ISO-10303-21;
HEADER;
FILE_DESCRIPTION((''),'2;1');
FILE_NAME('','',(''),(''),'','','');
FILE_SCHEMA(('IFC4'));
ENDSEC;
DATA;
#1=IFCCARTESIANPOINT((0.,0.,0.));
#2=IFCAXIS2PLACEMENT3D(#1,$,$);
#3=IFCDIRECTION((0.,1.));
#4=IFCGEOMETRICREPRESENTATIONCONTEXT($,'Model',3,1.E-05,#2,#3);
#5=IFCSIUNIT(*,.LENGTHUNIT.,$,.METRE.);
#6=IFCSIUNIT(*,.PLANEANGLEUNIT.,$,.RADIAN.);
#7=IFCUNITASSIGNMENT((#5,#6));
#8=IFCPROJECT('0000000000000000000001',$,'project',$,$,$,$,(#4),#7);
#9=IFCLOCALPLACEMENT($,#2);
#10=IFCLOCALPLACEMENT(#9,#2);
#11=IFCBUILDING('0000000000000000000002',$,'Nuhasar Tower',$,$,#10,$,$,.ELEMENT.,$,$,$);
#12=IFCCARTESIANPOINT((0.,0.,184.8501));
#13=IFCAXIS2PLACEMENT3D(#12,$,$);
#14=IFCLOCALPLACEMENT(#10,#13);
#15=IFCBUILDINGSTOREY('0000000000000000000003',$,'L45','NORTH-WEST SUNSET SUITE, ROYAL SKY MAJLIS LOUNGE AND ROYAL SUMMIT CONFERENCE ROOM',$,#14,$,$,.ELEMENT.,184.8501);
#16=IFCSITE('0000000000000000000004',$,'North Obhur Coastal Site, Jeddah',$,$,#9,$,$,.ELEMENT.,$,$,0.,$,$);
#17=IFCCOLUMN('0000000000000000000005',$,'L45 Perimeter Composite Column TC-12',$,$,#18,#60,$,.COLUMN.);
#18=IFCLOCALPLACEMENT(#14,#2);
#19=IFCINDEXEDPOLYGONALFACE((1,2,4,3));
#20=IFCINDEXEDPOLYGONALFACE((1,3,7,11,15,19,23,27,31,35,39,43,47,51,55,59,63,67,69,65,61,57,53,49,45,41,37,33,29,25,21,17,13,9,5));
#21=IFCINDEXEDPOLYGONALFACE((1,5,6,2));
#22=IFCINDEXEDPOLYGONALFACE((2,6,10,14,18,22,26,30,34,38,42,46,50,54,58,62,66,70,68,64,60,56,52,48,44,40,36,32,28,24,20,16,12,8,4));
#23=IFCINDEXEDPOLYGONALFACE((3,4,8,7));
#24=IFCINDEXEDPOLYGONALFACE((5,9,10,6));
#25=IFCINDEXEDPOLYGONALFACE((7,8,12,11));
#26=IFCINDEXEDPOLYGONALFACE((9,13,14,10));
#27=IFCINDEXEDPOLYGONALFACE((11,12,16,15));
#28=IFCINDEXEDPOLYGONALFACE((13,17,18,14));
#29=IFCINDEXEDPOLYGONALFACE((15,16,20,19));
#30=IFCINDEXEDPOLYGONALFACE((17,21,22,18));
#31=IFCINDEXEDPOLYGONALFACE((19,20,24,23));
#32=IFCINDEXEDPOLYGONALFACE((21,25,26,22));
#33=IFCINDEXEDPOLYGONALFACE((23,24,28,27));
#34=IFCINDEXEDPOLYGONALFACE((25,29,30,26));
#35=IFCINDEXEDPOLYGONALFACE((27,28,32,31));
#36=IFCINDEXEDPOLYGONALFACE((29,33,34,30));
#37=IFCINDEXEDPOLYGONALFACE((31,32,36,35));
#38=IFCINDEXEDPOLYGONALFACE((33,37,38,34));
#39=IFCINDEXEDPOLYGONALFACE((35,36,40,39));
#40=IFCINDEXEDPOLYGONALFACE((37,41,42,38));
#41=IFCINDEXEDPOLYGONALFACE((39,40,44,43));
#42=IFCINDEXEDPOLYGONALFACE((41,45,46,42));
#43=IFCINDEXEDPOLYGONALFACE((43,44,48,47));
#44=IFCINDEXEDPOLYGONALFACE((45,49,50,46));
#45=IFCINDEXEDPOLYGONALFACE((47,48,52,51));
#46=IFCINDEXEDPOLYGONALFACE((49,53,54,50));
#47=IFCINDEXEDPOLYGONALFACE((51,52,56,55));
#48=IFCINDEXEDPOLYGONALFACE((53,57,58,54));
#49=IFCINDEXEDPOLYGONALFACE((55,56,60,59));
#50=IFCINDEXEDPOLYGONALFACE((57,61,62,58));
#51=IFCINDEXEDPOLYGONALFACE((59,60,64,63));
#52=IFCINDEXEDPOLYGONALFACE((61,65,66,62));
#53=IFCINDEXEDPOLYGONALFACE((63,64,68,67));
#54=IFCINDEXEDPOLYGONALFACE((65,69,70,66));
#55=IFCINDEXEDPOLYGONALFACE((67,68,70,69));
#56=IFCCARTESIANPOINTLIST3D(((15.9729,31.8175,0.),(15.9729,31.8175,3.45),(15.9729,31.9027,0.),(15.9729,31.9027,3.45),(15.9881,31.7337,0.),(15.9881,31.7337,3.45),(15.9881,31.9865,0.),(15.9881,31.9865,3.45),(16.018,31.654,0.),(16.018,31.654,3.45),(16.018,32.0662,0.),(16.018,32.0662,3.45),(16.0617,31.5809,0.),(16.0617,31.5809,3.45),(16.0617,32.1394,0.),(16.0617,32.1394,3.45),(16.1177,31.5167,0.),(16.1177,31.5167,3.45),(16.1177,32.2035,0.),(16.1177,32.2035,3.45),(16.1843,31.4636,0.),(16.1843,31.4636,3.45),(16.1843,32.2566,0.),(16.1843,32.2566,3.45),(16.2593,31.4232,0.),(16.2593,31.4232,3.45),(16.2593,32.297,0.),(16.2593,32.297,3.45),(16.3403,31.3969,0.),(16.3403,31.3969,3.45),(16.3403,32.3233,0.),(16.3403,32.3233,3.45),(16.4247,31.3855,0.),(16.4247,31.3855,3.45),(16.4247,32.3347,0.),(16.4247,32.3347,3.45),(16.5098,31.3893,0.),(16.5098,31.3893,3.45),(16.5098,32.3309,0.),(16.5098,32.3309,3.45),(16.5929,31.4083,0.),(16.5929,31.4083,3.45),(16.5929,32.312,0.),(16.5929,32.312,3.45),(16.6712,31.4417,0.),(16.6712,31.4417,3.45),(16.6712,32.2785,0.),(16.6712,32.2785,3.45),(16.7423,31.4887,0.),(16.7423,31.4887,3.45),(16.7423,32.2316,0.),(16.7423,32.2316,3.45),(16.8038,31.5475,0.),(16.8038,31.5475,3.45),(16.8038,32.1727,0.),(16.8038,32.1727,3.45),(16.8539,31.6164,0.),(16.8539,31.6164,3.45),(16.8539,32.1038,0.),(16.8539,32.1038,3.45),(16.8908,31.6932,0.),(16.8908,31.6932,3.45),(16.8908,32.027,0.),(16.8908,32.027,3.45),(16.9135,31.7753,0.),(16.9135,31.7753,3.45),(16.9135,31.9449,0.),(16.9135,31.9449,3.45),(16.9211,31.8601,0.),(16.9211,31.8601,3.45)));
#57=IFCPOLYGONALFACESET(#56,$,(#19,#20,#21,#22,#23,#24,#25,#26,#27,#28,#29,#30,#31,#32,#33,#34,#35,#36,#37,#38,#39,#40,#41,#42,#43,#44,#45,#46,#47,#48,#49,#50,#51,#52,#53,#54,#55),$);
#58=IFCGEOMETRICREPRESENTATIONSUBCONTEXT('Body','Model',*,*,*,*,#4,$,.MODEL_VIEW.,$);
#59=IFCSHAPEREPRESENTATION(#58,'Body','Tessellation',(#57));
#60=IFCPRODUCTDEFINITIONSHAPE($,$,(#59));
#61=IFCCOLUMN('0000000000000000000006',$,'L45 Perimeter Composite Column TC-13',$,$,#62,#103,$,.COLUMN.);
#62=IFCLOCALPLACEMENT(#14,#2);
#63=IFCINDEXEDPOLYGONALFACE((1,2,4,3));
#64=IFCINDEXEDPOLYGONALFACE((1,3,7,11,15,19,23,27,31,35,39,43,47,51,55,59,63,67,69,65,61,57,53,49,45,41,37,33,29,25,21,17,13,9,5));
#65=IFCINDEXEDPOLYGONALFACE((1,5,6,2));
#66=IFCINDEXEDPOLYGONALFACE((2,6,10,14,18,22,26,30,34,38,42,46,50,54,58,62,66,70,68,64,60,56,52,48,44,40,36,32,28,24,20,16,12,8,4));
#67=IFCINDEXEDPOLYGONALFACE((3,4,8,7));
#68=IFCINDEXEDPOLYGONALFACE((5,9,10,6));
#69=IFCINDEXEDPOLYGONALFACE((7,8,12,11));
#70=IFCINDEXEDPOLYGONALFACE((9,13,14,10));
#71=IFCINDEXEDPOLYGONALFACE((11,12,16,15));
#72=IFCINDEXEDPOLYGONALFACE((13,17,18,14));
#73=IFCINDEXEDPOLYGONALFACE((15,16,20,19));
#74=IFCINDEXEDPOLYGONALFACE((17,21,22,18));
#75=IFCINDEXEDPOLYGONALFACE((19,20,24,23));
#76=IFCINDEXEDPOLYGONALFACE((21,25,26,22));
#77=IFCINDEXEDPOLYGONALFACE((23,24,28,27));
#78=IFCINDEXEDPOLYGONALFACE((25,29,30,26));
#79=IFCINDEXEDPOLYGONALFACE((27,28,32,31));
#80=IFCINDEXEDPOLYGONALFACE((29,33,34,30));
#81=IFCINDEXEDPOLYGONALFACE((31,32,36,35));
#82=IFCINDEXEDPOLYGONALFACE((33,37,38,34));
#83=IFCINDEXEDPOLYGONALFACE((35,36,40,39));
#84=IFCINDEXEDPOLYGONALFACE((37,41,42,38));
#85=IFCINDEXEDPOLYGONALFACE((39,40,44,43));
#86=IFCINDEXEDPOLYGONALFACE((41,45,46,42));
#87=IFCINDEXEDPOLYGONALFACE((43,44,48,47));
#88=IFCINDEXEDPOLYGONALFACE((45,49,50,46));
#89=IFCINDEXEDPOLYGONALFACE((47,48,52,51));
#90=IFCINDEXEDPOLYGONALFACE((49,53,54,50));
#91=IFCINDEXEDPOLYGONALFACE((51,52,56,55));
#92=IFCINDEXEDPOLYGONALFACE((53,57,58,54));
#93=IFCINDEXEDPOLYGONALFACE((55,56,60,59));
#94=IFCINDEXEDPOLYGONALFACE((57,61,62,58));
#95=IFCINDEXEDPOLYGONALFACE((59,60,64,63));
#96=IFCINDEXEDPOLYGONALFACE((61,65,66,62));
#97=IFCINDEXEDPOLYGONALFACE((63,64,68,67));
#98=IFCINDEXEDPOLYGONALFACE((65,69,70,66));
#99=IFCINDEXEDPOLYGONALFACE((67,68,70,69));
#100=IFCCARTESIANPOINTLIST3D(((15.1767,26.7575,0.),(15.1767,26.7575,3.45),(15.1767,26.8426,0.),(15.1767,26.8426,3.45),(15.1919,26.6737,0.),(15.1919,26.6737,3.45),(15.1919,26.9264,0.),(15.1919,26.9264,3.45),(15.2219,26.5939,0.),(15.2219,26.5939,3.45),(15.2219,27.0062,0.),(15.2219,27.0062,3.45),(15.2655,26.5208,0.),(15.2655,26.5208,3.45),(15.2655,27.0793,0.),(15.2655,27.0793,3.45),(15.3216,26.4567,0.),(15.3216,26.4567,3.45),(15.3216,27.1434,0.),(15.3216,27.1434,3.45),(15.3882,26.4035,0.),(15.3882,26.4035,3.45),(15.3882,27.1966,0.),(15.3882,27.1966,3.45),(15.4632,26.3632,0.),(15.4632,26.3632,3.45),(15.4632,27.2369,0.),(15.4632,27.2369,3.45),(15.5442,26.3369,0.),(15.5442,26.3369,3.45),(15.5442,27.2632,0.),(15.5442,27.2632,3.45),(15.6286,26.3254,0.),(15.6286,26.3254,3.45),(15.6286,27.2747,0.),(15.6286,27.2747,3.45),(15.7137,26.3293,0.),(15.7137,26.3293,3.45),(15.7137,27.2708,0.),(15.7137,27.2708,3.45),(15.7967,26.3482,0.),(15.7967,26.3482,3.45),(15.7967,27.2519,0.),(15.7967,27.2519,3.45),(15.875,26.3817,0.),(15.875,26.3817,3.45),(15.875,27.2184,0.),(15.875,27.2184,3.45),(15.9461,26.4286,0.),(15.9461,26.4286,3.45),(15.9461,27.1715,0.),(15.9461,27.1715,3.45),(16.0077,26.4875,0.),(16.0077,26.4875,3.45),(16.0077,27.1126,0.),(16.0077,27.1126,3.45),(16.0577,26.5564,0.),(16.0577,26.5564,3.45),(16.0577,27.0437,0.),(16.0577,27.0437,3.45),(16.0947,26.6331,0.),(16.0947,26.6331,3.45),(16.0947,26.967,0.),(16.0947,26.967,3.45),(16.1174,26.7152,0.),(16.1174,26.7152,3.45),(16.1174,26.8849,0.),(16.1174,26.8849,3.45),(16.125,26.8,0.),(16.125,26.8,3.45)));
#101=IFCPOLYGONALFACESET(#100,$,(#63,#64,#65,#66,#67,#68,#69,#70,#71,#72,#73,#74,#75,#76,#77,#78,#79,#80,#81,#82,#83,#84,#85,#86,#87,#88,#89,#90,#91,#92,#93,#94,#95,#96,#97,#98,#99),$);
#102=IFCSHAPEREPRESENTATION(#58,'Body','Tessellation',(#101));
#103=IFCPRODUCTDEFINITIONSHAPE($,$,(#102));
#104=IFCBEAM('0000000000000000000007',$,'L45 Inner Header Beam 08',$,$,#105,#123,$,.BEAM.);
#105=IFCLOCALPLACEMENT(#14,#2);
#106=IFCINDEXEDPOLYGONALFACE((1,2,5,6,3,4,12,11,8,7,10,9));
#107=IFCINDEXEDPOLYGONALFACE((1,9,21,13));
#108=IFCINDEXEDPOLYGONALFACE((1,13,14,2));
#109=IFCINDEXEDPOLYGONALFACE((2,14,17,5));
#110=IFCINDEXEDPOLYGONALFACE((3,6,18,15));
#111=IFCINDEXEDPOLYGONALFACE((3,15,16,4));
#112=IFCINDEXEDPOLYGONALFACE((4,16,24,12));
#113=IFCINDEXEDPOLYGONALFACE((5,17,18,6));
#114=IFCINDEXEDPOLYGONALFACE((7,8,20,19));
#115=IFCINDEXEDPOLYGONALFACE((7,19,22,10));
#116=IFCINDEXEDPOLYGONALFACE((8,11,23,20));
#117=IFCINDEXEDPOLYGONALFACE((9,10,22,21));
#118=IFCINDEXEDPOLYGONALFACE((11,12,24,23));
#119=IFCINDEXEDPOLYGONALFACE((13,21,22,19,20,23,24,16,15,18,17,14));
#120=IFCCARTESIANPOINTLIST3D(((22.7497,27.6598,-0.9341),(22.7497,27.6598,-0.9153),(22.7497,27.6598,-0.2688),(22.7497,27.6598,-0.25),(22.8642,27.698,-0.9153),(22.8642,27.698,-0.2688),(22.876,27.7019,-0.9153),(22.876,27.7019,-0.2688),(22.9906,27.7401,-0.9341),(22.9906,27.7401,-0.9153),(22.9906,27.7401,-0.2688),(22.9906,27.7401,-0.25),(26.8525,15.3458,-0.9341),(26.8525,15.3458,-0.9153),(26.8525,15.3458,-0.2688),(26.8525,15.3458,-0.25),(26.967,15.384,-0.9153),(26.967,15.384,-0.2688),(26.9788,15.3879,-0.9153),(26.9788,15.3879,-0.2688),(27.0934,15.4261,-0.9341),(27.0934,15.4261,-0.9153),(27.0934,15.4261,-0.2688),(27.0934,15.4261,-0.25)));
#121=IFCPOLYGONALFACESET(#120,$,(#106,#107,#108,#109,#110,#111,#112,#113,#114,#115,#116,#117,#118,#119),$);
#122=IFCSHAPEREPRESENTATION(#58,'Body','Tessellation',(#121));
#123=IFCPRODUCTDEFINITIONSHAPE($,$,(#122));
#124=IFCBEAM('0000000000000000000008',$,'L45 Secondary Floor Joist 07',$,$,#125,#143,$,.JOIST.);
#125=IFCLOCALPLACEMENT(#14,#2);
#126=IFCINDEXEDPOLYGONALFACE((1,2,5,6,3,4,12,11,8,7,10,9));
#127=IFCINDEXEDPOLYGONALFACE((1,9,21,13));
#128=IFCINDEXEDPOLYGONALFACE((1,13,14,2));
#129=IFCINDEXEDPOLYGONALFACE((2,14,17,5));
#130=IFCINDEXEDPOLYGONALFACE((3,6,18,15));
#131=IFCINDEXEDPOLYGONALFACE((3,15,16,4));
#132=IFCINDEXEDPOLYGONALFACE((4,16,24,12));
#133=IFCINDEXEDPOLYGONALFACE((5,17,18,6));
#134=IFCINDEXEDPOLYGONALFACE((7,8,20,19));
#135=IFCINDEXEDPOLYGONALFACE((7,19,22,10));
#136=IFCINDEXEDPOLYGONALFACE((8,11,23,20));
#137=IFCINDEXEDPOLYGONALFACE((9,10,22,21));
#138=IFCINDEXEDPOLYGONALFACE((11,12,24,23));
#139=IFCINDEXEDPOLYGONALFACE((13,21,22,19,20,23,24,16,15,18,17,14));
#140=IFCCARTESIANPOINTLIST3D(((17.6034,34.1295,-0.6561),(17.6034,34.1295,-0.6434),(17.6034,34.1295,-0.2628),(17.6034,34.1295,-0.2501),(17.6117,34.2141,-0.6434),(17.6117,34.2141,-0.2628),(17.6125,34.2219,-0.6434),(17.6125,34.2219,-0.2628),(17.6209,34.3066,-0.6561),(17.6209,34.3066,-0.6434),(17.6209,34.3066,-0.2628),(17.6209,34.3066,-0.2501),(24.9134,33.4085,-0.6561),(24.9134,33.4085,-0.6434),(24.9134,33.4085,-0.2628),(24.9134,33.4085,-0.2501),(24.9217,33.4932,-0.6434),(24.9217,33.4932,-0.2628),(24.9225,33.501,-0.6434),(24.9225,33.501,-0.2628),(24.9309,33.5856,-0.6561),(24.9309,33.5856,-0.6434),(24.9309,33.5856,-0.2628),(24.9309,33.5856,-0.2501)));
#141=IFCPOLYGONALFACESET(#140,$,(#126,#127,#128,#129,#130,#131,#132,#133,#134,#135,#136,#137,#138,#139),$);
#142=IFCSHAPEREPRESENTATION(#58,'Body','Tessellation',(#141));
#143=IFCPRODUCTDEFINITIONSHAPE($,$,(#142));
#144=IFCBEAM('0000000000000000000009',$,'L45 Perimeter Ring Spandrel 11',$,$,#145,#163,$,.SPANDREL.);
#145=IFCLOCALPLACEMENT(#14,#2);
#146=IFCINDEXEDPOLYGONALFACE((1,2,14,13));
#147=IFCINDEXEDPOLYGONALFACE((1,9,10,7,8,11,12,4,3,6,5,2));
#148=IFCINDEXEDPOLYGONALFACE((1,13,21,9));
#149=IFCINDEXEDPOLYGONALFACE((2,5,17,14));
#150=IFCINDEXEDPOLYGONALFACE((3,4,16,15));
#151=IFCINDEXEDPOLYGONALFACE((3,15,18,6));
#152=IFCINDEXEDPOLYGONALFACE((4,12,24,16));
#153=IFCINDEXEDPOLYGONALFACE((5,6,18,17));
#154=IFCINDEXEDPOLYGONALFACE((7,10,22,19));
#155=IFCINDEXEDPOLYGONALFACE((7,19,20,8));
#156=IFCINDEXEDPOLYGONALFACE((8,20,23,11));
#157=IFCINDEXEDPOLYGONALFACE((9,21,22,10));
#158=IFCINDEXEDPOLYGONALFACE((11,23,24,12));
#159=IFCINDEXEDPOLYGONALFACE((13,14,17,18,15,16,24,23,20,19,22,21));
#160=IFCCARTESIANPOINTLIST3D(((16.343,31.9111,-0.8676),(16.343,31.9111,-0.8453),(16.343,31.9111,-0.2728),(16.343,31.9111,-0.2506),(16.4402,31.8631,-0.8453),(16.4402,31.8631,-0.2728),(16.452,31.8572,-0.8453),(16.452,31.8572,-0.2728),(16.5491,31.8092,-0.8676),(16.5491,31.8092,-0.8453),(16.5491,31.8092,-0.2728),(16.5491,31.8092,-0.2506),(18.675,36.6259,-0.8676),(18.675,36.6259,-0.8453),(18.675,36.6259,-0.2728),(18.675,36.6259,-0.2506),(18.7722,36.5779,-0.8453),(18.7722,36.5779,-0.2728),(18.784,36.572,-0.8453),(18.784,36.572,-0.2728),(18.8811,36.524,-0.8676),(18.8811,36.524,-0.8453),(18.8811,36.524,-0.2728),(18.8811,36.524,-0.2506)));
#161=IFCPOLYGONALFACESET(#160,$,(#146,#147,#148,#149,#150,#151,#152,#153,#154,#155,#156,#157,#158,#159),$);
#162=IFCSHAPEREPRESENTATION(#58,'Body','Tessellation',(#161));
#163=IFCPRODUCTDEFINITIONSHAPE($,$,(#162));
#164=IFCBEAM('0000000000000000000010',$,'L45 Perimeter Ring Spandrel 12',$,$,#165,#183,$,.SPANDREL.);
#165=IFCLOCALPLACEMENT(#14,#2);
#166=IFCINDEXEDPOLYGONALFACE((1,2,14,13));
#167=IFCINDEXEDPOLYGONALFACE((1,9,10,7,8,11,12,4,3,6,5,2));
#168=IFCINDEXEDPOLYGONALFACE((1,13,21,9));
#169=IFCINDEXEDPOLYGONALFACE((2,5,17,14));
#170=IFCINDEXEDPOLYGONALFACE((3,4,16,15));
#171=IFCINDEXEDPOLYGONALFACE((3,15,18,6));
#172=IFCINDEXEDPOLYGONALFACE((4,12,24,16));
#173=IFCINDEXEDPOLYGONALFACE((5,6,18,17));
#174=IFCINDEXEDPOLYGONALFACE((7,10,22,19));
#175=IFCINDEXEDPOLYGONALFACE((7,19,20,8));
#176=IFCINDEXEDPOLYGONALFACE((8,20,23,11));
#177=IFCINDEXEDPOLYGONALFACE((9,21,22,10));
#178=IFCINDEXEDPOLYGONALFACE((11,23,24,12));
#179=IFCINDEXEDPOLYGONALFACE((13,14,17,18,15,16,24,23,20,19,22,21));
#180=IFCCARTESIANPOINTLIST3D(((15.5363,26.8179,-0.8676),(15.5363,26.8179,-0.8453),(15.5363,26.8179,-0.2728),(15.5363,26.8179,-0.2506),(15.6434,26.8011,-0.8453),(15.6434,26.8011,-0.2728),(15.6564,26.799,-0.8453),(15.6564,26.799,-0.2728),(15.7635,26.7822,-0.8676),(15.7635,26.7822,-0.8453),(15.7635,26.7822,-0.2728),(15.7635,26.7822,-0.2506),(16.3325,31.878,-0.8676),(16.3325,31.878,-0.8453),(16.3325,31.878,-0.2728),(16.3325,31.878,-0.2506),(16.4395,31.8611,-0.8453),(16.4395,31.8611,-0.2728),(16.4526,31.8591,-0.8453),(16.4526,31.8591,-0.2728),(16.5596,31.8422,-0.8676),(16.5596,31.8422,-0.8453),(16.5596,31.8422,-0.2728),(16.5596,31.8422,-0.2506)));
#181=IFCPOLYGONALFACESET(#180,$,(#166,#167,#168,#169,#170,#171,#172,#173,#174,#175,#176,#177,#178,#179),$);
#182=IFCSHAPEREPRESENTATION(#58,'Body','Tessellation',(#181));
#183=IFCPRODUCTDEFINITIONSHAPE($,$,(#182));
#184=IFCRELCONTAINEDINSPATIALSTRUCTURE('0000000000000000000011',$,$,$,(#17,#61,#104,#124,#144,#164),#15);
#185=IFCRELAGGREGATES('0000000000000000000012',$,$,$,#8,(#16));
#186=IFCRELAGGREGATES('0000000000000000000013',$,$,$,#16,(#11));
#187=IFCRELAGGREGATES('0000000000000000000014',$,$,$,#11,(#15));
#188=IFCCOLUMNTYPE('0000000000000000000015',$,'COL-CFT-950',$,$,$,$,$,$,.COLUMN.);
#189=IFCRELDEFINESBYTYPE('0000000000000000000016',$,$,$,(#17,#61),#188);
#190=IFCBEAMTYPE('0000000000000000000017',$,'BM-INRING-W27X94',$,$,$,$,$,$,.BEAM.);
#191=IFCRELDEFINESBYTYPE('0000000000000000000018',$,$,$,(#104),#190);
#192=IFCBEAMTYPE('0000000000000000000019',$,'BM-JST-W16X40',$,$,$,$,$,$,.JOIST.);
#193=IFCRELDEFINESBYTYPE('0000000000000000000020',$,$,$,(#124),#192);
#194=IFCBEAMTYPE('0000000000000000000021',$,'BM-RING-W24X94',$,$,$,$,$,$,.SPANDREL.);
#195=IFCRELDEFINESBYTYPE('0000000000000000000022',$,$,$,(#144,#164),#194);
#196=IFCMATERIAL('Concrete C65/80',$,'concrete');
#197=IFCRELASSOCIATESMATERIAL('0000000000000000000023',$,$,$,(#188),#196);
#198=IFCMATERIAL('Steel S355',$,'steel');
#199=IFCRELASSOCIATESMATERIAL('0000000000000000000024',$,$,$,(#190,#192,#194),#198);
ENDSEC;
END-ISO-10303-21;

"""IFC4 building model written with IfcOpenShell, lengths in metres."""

from ifc_helpers import new_model, si_unit, direction, frame, origin, origin_2d, place, context, subcontext, project, spatial, circle, i_section, extrude, material, material_profile, profile_set, type_object, element, save


model = new_model("IFC4")

# Units and contexts
model_context = context("Model", 3, precision=1e-05, world=origin(), true_north=direction((0.0, 1.0)))
body_context = subcontext(model_context, "Body", "Model", "MODEL_VIEW")
ifc_project = project(units=[si_unit("LENGTHUNIT", "METRE"), si_unit("PLANEANGLEUNIT", "RADIAN")], contexts=[model_context])

# Site, building, storey
site_placement = place(None, origin())
site = spatial("IfcSite", under=ifc_project, at=site_placement, Name="North Obhur Coastal Site, Jeddah", CompositionType="ELEMENT", RefElevation=0.0)
building_placement = place(site_placement, origin())
building = spatial("IfcBuilding", under=site, at=building_placement, Name="Nuhasar Tower", CompositionType="ELEMENT")
storey_placement = place(building_placement, frame((0.0, 0.0, 184.8501)))
storey = spatial("IfcBuildingStorey", under=building, at=storey_placement, Name="L45", Description="NORTH-WEST SUNSET SUITE, ROYAL SKY MAJLIS LOUNGE AND ROYAL SUMMIT CONFERENCE ROOM", CompositionType="ELEMENT", Elevation=184.8501)

# Columns
ifc_material_1 = material(Name="Concrete C65/80", Category="concrete")
ifc_material_profile_1 = material_profile(ifc_material_1, circle(Radius=0.4751, at=origin_2d()), Name="CFT950")
ifc_profile_set_1 = profile_set([ifc_material_profile_1], Name="Concrete C65/80")
column_type = type_object("IfcColumnType", Name="COL-CFT-950", PredefinedType="COLUMN", material=ifc_profile_set_1)
for number, where, z_axis, x_axis, name in (
    (1, (16.446, 31.8601, 0.0), (0.0, 0.0, 1.0), (1.0, 0.0, 0.0), "L45 Perimeter Composite Column TC-12"),
    (2, (15.6499, 26.8, 0.0), (0.0, 0.0, 1.0), (1.0, 0.0, 0.0), "L45 Perimeter Composite Column TC-13"),
):
    element("IfcColumn", number, at=place(storey_placement, frame(where, z_axis=z_axis, x_axis=x_axis)), inside=storey, type_object=column_type, Name=name, PredefinedType="COLUMN", context=body_context, shape_type="SweptSolid", body=[
        extrude(circle(Radius=0.4751, at=origin_2d()), origin(), (0.0, 0.0, 1.0), 3.45),
    ])

# Beams
ifc_material_2 = material(Name="Steel S355", Category="steel")
ifc_material_profile_2 = material_profile(ifc_material_2, i_section(OverallWidth=0.2539, OverallDepth=0.6841, WebThickness=0.0125, FlangeThickness=0.0188, at=origin_2d()), Name="W27X94")
ifc_profile_set_2 = profile_set([ifc_material_profile_2], Name="Steel S355")
beam_type_1 = type_object("IfcBeamType", Name="BM-INRING-W27X94", PredefinedType="BEAM", material=ifc_profile_set_2)
beam_1_placement = place(storey_placement, frame((22.8701, 27.7, -0.592), z_axis=(0.316098, -0.948727, 0.0), x_axis=(0.948727, 0.316098, 0.0)))
element("IfcBeam", 3, at=beam_1_placement, inside=storey, type_object=beam_type_1, Name="L45 Inner Header Beam 08", PredefinedType="BEAM", context=body_context, shape_type="SweptSolid", body=[
    extrude(i_section(OverallWidth=0.2539, OverallDepth=0.6841, WebThickness=0.0125, FlangeThickness=0.0188, at=origin_2d()), origin(), (0.0, 0.0, 1.0), 12.9795),
])
ifc_material_profile_3 = material_profile(ifc_material_2, i_section(OverallWidth=0.178, OverallDepth=0.406, WebThickness=0.0078, FlangeThickness=0.0127, at=origin_2d()), Name="W16X40")
ifc_profile_set_3 = profile_set([ifc_material_profile_3], Name="Steel S355")
beam_type_2 = type_object("IfcBeamType", Name="BM-JST-W16X40", PredefinedType="JOIST", material=ifc_profile_set_3)
beam_2_placement = place(storey_placement, frame((24.9221, 33.4971, -0.4531), z_axis=(-0.995172, 0.098148, 0.0), x_axis=(-0.098148, -0.995172, 0.0)))
element("IfcBeam", 4, at=beam_2_placement, inside=storey, type_object=beam_type_2, Name="L45 Secondary Floor Joist 07", PredefinedType="JOIST", context=body_context, shape_type="SweptSolid", body=[
    extrude(i_section(OverallWidth=0.178, OverallDepth=0.406, WebThickness=0.0078, FlangeThickness=0.0127, at=origin_2d()), origin(), (0.0, 0.0, 1.0), 7.3455),
])
ifc_material_profile_4 = material_profile(ifc_material_2, i_section(OverallWidth=0.23, OverallDepth=0.6169, WebThickness=0.0132, FlangeThickness=0.0222, at=origin_2d()), Name="W24X94")
ifc_profile_set_4 = profile_set([ifc_material_profile_4], Name="Steel S355")
beam_type_3 = type_object("IfcBeamType", Name="BM-RING-W24X94", PredefinedType="SPANDREL", material=ifc_profile_set_4)
beam_3_placement = place(storey_placement, frame((18.7781, 36.575, -0.5591), z_axis=(-0.443348, -0.89635, 0.0), x_axis=(0.89635, -0.443348, 0.0)))
element("IfcBeam", 5, at=beam_3_placement, inside=storey, type_object=beam_type_3, Name="L45 Perimeter Ring Spandrel 11", PredefinedType="SPANDREL", context=body_context, shape_type="SweptSolid", body=[
    extrude(i_section(OverallWidth=0.23, OverallDepth=0.6169, WebThickness=0.0132, FlangeThickness=0.0222, at=origin_2d()), origin(), (0.0, 0.0, 1.0), 5.26),
])
beam_4_placement = place(storey_placement, frame((16.446, 31.8601, -0.5591), z_axis=(-0.155427, -0.987847, 0.0), x_axis=(0.987847, -0.155427, 0.0)))
element("IfcBeam", 6, at=beam_4_placement, inside=storey, type_object=beam_type_3, Name="L45 Perimeter Ring Spandrel 12", PredefinedType="SPANDREL", context=body_context, shape_type="SweptSolid", body=[
    extrude(i_section(OverallWidth=0.23, OverallDepth=0.6169, WebThickness=0.0132, FlangeThickness=0.0222, at=origin_2d()), origin(), (0.0, 0.0, 1.0), 5.1223),
])

save(model, "model.ifc")
